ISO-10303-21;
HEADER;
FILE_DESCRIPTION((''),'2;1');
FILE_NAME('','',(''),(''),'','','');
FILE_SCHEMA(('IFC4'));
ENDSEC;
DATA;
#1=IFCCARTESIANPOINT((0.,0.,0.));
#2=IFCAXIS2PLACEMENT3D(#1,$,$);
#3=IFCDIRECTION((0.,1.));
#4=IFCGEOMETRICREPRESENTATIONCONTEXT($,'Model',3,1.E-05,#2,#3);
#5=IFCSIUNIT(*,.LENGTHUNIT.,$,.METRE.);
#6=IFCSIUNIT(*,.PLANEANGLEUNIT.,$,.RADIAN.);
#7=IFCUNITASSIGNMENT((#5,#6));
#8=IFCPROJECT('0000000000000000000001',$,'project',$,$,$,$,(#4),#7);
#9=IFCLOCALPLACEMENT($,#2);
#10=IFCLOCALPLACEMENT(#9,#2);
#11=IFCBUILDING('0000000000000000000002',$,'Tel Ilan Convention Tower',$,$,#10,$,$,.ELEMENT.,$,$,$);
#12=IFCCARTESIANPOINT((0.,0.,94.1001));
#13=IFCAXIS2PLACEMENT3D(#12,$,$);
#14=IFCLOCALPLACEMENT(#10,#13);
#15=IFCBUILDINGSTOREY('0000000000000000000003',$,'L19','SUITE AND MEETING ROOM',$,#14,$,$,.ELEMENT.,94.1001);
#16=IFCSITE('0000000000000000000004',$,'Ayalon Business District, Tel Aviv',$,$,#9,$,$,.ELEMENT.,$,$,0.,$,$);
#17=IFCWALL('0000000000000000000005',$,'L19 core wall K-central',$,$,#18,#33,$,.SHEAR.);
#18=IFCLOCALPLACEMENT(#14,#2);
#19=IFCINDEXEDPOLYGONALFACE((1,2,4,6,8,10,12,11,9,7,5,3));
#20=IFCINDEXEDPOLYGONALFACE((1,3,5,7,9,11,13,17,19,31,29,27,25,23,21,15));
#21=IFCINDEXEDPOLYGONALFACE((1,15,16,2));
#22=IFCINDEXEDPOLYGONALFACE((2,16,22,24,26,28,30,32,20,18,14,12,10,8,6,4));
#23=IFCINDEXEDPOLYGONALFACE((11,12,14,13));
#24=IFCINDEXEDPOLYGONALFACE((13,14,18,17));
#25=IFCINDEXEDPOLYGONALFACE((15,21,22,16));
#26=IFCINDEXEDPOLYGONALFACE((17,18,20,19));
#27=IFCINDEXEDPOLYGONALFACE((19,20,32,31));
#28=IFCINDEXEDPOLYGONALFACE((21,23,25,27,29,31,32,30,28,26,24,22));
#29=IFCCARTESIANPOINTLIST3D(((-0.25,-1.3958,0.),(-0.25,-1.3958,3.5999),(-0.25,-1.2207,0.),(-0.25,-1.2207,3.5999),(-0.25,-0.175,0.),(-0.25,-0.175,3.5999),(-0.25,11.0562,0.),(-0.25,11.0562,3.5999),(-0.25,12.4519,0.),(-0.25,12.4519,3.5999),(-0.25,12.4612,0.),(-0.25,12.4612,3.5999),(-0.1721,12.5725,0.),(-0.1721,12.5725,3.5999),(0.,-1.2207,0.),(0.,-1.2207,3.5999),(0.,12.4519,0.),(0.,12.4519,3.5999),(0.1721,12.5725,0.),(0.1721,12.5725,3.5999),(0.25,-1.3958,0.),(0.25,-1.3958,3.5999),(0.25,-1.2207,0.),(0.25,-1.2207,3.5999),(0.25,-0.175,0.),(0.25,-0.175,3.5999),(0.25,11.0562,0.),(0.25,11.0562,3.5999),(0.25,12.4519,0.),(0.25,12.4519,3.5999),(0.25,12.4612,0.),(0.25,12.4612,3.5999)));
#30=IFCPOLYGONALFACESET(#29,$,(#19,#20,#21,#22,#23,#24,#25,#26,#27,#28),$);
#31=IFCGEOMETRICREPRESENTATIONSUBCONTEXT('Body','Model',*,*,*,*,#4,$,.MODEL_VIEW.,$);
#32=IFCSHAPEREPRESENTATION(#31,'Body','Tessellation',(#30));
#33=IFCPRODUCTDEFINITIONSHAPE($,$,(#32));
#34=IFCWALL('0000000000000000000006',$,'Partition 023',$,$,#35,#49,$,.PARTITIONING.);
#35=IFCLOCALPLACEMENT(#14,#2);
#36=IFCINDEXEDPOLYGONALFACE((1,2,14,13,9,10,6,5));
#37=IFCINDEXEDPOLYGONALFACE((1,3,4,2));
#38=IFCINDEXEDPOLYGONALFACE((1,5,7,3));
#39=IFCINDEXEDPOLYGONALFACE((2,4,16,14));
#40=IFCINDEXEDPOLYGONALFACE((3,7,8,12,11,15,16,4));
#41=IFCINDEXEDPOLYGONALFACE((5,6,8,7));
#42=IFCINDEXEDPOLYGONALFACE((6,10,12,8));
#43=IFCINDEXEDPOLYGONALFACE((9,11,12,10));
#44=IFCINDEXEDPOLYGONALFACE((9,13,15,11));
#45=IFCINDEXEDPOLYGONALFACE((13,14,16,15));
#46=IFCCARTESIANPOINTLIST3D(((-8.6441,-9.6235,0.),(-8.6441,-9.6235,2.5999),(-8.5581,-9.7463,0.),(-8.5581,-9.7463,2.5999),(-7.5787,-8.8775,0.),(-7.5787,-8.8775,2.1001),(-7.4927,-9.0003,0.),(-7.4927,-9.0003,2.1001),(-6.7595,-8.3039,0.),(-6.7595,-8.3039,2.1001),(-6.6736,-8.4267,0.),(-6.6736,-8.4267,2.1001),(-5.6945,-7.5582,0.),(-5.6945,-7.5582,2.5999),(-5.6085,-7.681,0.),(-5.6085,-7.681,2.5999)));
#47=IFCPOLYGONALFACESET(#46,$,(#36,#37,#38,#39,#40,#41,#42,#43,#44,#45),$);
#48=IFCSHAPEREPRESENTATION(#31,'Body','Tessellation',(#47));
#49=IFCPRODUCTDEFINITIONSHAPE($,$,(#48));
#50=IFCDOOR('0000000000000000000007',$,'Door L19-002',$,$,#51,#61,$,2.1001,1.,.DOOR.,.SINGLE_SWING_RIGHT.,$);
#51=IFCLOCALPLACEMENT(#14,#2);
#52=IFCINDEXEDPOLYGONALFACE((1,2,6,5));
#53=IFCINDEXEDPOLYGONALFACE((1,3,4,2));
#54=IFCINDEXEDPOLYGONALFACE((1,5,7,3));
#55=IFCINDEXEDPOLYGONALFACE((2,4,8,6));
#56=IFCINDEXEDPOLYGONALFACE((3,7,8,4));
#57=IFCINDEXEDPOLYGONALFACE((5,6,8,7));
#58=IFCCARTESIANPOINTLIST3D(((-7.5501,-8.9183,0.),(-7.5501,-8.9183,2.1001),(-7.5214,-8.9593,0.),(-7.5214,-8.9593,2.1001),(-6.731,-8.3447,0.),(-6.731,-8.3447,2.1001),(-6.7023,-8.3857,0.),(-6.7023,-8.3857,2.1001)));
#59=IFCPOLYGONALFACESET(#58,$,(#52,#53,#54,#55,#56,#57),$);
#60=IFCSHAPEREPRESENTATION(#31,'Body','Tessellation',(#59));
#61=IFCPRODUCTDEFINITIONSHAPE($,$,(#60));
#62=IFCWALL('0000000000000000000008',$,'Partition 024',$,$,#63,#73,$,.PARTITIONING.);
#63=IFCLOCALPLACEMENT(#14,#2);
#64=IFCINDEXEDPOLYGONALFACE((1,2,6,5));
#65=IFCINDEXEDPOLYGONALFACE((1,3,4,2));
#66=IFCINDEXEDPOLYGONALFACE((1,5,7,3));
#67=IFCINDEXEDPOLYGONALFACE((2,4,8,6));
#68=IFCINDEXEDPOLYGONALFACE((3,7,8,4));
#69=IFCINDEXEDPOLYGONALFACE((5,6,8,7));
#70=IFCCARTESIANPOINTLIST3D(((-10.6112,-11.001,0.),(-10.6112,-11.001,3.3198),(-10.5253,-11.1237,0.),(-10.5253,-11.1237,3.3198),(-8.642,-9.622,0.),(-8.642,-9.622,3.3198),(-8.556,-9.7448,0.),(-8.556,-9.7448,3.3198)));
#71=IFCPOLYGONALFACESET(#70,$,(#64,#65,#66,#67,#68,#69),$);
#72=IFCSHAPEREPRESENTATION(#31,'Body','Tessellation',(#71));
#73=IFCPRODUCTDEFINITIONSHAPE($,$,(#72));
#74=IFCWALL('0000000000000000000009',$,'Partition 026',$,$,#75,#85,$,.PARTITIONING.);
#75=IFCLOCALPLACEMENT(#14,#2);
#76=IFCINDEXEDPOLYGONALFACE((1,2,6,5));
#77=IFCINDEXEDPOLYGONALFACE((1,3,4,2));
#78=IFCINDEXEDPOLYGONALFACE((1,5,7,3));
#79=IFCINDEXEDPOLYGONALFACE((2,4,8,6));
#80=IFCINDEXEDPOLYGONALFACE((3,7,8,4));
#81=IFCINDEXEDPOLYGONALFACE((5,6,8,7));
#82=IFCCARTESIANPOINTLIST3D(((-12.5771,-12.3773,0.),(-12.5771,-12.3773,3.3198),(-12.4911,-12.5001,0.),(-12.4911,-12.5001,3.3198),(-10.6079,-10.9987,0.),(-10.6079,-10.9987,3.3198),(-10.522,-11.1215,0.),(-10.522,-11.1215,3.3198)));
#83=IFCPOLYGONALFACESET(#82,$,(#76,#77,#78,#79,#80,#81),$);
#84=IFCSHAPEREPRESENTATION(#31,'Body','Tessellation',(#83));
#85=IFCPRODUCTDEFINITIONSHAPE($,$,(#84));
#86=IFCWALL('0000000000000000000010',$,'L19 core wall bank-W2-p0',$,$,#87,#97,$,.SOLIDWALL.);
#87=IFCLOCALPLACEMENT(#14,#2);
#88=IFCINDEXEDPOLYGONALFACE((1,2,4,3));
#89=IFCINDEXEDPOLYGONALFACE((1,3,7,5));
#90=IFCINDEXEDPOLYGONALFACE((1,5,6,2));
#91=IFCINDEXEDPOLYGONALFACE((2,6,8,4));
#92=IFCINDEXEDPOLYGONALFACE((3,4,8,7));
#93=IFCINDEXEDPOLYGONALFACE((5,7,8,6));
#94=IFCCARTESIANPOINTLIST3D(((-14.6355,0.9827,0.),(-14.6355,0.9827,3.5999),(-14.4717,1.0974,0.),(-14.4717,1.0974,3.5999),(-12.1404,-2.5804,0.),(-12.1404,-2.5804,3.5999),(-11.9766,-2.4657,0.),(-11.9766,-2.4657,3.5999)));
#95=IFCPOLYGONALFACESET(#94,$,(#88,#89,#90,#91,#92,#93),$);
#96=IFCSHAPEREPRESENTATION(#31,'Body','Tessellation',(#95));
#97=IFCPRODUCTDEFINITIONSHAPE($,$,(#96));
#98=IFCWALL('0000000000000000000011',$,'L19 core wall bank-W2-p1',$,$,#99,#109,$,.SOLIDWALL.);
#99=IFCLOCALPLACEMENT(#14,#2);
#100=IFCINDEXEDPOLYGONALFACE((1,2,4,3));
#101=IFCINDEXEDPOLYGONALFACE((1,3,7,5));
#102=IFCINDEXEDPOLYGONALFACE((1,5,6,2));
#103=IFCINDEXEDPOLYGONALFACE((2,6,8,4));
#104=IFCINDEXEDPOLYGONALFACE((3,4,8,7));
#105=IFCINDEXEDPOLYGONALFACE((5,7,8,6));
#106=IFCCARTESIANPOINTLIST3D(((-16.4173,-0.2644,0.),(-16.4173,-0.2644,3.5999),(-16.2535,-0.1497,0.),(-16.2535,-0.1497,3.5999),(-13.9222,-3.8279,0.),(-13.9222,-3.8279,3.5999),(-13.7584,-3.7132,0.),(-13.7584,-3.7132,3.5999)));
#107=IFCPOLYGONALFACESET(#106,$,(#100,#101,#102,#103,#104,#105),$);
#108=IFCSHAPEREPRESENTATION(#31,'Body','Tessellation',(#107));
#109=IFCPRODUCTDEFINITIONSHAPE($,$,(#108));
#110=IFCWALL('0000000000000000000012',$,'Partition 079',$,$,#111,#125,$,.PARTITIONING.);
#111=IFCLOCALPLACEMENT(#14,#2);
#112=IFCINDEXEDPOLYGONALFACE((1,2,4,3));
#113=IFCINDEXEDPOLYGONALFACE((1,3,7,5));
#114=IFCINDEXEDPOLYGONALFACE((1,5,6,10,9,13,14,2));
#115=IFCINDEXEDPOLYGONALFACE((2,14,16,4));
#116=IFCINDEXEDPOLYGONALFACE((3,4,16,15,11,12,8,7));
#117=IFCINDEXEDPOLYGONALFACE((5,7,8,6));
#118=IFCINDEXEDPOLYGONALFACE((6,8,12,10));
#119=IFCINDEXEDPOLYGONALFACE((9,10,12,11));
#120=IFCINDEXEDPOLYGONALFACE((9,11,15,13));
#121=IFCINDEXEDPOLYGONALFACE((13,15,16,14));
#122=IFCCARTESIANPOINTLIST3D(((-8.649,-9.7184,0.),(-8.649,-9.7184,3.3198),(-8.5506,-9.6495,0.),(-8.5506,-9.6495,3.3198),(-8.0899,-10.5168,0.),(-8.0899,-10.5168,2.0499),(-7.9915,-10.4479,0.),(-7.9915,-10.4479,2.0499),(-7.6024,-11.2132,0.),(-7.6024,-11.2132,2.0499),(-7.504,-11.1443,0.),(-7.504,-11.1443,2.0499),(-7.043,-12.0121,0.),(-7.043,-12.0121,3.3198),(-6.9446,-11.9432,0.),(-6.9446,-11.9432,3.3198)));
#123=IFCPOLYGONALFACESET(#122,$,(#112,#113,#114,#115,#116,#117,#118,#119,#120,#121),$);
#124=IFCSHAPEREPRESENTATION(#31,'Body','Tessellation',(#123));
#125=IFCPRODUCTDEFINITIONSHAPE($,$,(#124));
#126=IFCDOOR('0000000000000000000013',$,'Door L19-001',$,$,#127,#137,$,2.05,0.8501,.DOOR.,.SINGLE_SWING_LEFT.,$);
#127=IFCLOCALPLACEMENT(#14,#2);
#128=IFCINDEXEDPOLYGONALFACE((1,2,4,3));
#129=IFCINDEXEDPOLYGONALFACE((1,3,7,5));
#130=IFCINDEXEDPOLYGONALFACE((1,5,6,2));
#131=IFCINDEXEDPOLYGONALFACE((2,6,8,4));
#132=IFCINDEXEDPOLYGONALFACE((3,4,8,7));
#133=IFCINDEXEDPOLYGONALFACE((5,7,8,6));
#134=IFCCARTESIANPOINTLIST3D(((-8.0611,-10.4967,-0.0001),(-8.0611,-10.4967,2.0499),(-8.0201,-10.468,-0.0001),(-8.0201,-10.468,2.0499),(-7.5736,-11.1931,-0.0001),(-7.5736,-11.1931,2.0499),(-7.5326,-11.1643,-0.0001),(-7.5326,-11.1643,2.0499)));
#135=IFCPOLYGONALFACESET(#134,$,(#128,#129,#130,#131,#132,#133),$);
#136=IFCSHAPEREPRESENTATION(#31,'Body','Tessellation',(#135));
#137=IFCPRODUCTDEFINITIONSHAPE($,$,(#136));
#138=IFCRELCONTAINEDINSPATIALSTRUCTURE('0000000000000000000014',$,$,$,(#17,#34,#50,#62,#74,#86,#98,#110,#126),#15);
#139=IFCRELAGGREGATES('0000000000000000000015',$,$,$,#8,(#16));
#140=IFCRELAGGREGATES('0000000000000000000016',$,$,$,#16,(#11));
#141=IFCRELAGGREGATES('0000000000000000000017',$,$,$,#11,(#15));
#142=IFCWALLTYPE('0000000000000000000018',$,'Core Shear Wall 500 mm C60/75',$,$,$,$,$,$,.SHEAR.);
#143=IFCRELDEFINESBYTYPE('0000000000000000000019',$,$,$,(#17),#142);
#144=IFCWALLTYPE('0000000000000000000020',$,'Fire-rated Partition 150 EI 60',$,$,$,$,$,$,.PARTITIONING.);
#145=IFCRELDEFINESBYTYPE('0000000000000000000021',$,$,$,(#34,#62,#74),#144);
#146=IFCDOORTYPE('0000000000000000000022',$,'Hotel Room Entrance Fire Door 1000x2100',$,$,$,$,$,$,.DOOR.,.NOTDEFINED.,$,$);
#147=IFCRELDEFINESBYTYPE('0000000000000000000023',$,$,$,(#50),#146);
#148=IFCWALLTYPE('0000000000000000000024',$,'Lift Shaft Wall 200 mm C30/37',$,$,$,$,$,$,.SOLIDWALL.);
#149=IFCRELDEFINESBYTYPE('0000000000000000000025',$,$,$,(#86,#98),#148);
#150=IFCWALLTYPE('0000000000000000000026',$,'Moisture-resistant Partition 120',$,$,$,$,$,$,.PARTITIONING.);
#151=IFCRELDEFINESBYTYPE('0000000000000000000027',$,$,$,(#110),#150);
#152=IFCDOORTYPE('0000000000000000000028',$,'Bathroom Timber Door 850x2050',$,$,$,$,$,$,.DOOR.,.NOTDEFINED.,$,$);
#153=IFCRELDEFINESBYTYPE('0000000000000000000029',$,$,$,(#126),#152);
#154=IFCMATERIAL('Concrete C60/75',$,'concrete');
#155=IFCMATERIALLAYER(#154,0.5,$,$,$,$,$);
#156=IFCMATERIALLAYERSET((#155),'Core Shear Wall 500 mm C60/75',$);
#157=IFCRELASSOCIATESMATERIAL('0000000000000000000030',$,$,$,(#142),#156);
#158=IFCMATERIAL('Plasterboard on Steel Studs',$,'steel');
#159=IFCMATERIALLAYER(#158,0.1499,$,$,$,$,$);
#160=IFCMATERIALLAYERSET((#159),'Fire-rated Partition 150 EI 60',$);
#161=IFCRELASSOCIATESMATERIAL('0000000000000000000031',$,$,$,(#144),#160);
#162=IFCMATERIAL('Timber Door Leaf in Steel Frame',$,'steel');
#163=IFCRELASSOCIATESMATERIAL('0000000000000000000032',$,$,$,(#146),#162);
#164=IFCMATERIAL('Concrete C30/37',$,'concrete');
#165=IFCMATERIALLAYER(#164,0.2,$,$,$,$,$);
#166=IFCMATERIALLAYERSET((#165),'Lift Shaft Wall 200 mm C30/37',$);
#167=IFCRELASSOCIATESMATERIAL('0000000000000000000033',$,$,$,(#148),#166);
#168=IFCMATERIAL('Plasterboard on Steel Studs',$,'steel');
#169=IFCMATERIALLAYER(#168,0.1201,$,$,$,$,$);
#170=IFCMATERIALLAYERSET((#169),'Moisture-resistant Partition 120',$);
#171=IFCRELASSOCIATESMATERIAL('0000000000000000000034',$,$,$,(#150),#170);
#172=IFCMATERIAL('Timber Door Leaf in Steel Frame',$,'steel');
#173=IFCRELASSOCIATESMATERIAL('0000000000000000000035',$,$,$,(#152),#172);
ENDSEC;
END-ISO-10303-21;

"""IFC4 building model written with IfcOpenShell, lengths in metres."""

from ifc_helpers import new_model, si_unit, direction, frame, frame_2d, origin, place, context, subcontext, project, spatial, polyline, rectangle, outline, extrude, material, layer, layer_set, type_object, element, fill, save


model = new_model("IFC4")

# Units and contexts
model_context = context("Model", 3, precision=1e-05, world=origin(), true_north=direction((0.0, 1.0)))
body_context = subcontext(model_context, "Body", "Model", "MODEL_VIEW")
ifc_project = project(units=[si_unit("LENGTHUNIT", "METRE"), si_unit("PLANEANGLEUNIT", "RADIAN")], contexts=[model_context])

# Site, building, storey
site_placement = place(None, origin())
site = spatial("IfcSite", under=ifc_project, at=site_placement, Name="Ayalon Business District, Tel Aviv", CompositionType="ELEMENT", RefElevation=0.0)
building_placement = place(site_placement, origin())
building = spatial("IfcBuilding", under=site, at=building_placement, Name="Tel Ilan Convention Tower", CompositionType="ELEMENT")
storey_placement = place(building_placement, frame((0.0, 0.0, 94.1001)))
storey = spatial("IfcBuildingStorey", under=building, at=storey_placement, Name="L19", Description="SUITE AND MEETING ROOM", CompositionType="ELEMENT", Elevation=94.1001)

# Wall
ifc_material_1 = material(Name="Concrete C60/75", Category="concrete")
ifc_layer_1 = layer(ifc_material_1, 0.5)
ifc_layer_set_1 = layer_set([ifc_layer_1], Name="Core Shear Wall 500 mm C60/75")
wall_type_1 = type_object("IfcWallType", Name="Core Shear Wall 500 mm C60/75", PredefinedType="SHEAR", material=ifc_layer_set_1)
wall_1_placement = place(storey_placement, frame((0.0, -1.3958, 0.0), z_axis=(0.0, 0.0, 1.0), x_axis=(0.0, 1.0, 0.0)))
element("IfcWall", 1, at=wall_1_placement, inside=storey, type_object=wall_type_1, Name="L19 core wall K-central", PredefinedType="SHEAR", context=body_context, shape_type="SweptSolid", body=[
    extrude(outline(polyline([(0.0, -0.25), (0.175, -0.25), (1.2207, -0.25), (12.4519, -0.25), (13.8477, -0.25), (13.8569, -0.25), (13.9683, -0.1721), (13.8477, 0.0), (13.9683, 0.1721), (13.8569, 0.25), (13.8477, 0.25), (12.4519, 0.25), (1.2207, 0.25), (0.175, 0.25), (0.0, 0.25), (0.175, 0.0), (0.0, -0.25)])), origin(), (0.0, 0.0, 1.0), 3.5999),
])

# Wall, opening, door
ifc_material_2 = material(Name="Plasterboard on Steel Studs", Category="steel")
ifc_layer_2 = layer(ifc_material_2, 0.1499)
ifc_layer_set_2 = layer_set([ifc_layer_2], Name="Fire-rated Partition 150 EI 60")
wall_type_2 = type_object("IfcWallType", Name="Fire-rated Partition 150 EI 60", PredefinedType="PARTITIONING", material=ifc_layer_set_2)
wall_2_placement = place(storey_placement, frame((-5.6516, -7.6196, 0.0), z_axis=(0.0, 0.0, 1.0), x_axis=(-0.819149, -0.573581, 0.0)))
wall_2 = element("IfcWall", 2, at=wall_2_placement, inside=storey, type_object=wall_type_2, Name="Partition 023", PredefinedType="PARTITIONING", context=body_context, shape_type="SweptSolid", body=[
    extrude(rectangle(XDim=3.6008, YDim=0.1499, at=frame_2d((1.8003, 0.0))), origin(), (0.0, 0.0, 1.0), 2.5999),
])
opening_1_placement = place(wall_2_placement, frame((1.3, 0.0, 0.0)))
opening_1 = element("IfcOpeningElement", 3, at=opening_1_placement, cuts=wall_2, PredefinedType="OPENING", context=body_context, shape_type="SweptSolid", body=[
    extrude(rectangle(XDim=1.0, YDim=2.1001, at=frame_2d((0.5, 1.05))), frame((0.0, 0.085, 0.0), z_axis=(0.0, -1.0, 0.0), x_axis=(1.0, 0.0, 0.0)), (0.0, 0.0, 1.0), 0.1699),
])
ifc_material_3 = material(Name="Timber Door Leaf in Steel Frame", Category="steel")
door_type_1 = type_object("IfcDoorType", Name="Hotel Room Entrance Fire Door 1000x2100", OperationType="NOTDEFINED", PredefinedType="DOOR", material=ifc_material_3)
door_1_placement = place(opening_1_placement, origin())
door_1 = element("IfcDoor", 4, at=door_1_placement, inside=storey, type_object=door_type_1, Name="Door L19-002", OperationType="SINGLE_SWING_RIGHT", OverallHeight=2.1001, OverallWidth=1.0, PredefinedType="DOOR", context=body_context, shape_type="SweptSolid", body=[
    extrude(rectangle(XDim=1.0, YDim=2.1001, at=frame_2d((0.5, 1.05))), frame((0.0, 0.0249, 0.0), z_axis=(0.0, -1.0, 0.0), x_axis=(1.0, 0.0, 0.0)), (0.0, 0.0, 1.0), 0.05),
])
fill(opening_1, door_1)

# Walls
wall_3_placement = place(storey_placement, frame((-8.5989, -9.6833, 0.0), z_axis=(0.0, 0.0, 1.0), x_axis=(-0.819146, -0.573585, 0.0)))
element("IfcWall", 5, at=wall_3_placement, inside=storey, type_object=wall_type_2, Name="Partition 024", PredefinedType="PARTITIONING", context=body_context, shape_type="SweptSolid", body=[
    extrude(rectangle(XDim=2.4041, YDim=0.1499, at=frame_2d((1.2021, 0.0))), origin(), (0.0, 0.0, 1.0), 3.3198),
])
wall_4_placement = place(storey_placement, frame((-10.5649, -11.0601, 0.0), z_axis=(0.0, 0.0, 1.0), x_axis=(-0.819194, -0.573517, 0.0)))
element("IfcWall", 6, at=wall_4_placement, inside=storey, type_object=wall_type_2, Name="Partition 026", PredefinedType="PARTITIONING", context=body_context, shape_type="SweptSolid", body=[
    extrude(rectangle(XDim=2.4038, YDim=0.1499, at=frame_2d((1.2019, 0.0))), origin(), (0.0, 0.0, 1.0), 3.3198),
])
ifc_material_4 = material(Name="Concrete C30/37", Category="concrete")
ifc_layer_3 = layer(ifc_material_4, 0.2)
ifc_layer_set_3 = layer_set([ifc_layer_3], Name="Lift Shaft Wall 200 mm C30/37")
wall_type_3 = type_object("IfcWallType", Name="Lift Shaft Wall 200 mm C30/37", PredefinedType="SOLIDWALL", material=ifc_layer_set_3)
wall_5_placement = place(storey_placement, frame((-12.0586, -2.5229, 0.0), z_axis=(0.0, 0.0, 1.0), x_axis=(-0.573594, 0.81914, 0.0)))
element("IfcWall", 7, at=wall_5_placement, inside=storey, type_object=wall_type_3, Name="L19 core wall bank-W2-p0", PredefinedType="SOLIDWALL", context=body_context, shape_type="SweptSolid", body=[
    extrude(rectangle(XDim=4.3499, YDim=0.2, at=frame_2d((2.1748, 0.0))), origin(), (0.0, 0.0, 1.0), 3.5999),
])
wall_6_placement = place(storey_placement, frame((-13.8403, -3.7705, 0.0), z_axis=(0.0, 0.0, 1.0), x_axis=(-0.573568, 0.819158, 0.0)))
element("IfcWall", 8, at=wall_6_placement, inside=storey, type_object=wall_type_3, Name="L19 core wall bank-W2-p1", PredefinedType="SOLIDWALL", context=body_context, shape_type="SweptSolid", body=[
    extrude(rectangle(XDim=4.3501, YDim=0.2, at=frame_2d((2.175, 0.0))), origin(), (0.0, 0.0, 1.0), 3.5999),
])

# Wall, opening, door
ifc_material_5 = material(Name="Plasterboard on Steel Studs", Category="steel")
ifc_layer_4 = layer(ifc_material_5, 0.1201)
ifc_layer_set_4 = layer_set([ifc_layer_4], Name="Moisture-resistant Partition 120")
wall_type_4 = type_object("IfcWallType", Name="Moisture-resistant Partition 120", PredefinedType="PARTITIONING", material=ifc_layer_set_4)
wall_7_placement = place(storey_placement, frame((-6.9939, -11.9775, 0.0), z_axis=(0.0, 0.0, 1.0), x_axis=(-0.57355, 0.81917, 0.0)))
wall_7 = element("IfcWall", 9, at=wall_7_placement, inside=storey, type_object=wall_type_4, Name="Partition 079", PredefinedType="PARTITIONING", context=body_context, shape_type="SweptSolid", body=[
    extrude(rectangle(XDim=2.8, YDim=0.1201, at=frame_2d((1.3999, 0.0))), origin(), (0.0, 0.0, 1.0), 3.3198),
])
opening_2_placement = place(wall_7_placement, frame((0.9751, 0.0, 0.0)))
opening_2 = element("IfcOpeningElement", 10, at=opening_2_placement, cuts=wall_7, PredefinedType="OPENING", context=body_context, shape_type="SweptSolid", body=[
    extrude(rectangle(XDim=0.8501, YDim=2.05, at=frame_2d((0.425, 1.0249))), frame((0.0, 0.0701, 0.0), z_axis=(0.0, -1.0, 0.0), x_axis=(1.0, 0.0, 0.0)), (0.0, 0.0, 1.0), 0.1401),
])
ifc_material_6 = material(Name="Timber Door Leaf in Steel Frame", Category="steel")
door_type_2 = type_object("IfcDoorType", Name="Bathroom Timber Door 850x2050", OperationType="NOTDEFINED", PredefinedType="DOOR", material=ifc_material_6)
door_2_placement = place(opening_2_placement, origin())
door_2 = element("IfcDoor", 11, at=door_2_placement, inside=storey, type_object=door_type_2, Name="Door L19-001", OperationType="SINGLE_SWING_LEFT", OverallHeight=2.05, OverallWidth=0.8501, PredefinedType="DOOR", context=body_context, shape_type="SweptSolid", body=[
    extrude(rectangle(XDim=0.8501, YDim=2.05, at=frame_2d((0.425, 1.0249))), frame((0.0, 0.0249, 0.0), z_axis=(0.0, -1.0, 0.0), x_axis=(1.0, 0.0, 0.0)), (0.0, 0.0, 1.0), 0.05),
])
fill(opening_2, door_2)

save(model, "model.ifc")
